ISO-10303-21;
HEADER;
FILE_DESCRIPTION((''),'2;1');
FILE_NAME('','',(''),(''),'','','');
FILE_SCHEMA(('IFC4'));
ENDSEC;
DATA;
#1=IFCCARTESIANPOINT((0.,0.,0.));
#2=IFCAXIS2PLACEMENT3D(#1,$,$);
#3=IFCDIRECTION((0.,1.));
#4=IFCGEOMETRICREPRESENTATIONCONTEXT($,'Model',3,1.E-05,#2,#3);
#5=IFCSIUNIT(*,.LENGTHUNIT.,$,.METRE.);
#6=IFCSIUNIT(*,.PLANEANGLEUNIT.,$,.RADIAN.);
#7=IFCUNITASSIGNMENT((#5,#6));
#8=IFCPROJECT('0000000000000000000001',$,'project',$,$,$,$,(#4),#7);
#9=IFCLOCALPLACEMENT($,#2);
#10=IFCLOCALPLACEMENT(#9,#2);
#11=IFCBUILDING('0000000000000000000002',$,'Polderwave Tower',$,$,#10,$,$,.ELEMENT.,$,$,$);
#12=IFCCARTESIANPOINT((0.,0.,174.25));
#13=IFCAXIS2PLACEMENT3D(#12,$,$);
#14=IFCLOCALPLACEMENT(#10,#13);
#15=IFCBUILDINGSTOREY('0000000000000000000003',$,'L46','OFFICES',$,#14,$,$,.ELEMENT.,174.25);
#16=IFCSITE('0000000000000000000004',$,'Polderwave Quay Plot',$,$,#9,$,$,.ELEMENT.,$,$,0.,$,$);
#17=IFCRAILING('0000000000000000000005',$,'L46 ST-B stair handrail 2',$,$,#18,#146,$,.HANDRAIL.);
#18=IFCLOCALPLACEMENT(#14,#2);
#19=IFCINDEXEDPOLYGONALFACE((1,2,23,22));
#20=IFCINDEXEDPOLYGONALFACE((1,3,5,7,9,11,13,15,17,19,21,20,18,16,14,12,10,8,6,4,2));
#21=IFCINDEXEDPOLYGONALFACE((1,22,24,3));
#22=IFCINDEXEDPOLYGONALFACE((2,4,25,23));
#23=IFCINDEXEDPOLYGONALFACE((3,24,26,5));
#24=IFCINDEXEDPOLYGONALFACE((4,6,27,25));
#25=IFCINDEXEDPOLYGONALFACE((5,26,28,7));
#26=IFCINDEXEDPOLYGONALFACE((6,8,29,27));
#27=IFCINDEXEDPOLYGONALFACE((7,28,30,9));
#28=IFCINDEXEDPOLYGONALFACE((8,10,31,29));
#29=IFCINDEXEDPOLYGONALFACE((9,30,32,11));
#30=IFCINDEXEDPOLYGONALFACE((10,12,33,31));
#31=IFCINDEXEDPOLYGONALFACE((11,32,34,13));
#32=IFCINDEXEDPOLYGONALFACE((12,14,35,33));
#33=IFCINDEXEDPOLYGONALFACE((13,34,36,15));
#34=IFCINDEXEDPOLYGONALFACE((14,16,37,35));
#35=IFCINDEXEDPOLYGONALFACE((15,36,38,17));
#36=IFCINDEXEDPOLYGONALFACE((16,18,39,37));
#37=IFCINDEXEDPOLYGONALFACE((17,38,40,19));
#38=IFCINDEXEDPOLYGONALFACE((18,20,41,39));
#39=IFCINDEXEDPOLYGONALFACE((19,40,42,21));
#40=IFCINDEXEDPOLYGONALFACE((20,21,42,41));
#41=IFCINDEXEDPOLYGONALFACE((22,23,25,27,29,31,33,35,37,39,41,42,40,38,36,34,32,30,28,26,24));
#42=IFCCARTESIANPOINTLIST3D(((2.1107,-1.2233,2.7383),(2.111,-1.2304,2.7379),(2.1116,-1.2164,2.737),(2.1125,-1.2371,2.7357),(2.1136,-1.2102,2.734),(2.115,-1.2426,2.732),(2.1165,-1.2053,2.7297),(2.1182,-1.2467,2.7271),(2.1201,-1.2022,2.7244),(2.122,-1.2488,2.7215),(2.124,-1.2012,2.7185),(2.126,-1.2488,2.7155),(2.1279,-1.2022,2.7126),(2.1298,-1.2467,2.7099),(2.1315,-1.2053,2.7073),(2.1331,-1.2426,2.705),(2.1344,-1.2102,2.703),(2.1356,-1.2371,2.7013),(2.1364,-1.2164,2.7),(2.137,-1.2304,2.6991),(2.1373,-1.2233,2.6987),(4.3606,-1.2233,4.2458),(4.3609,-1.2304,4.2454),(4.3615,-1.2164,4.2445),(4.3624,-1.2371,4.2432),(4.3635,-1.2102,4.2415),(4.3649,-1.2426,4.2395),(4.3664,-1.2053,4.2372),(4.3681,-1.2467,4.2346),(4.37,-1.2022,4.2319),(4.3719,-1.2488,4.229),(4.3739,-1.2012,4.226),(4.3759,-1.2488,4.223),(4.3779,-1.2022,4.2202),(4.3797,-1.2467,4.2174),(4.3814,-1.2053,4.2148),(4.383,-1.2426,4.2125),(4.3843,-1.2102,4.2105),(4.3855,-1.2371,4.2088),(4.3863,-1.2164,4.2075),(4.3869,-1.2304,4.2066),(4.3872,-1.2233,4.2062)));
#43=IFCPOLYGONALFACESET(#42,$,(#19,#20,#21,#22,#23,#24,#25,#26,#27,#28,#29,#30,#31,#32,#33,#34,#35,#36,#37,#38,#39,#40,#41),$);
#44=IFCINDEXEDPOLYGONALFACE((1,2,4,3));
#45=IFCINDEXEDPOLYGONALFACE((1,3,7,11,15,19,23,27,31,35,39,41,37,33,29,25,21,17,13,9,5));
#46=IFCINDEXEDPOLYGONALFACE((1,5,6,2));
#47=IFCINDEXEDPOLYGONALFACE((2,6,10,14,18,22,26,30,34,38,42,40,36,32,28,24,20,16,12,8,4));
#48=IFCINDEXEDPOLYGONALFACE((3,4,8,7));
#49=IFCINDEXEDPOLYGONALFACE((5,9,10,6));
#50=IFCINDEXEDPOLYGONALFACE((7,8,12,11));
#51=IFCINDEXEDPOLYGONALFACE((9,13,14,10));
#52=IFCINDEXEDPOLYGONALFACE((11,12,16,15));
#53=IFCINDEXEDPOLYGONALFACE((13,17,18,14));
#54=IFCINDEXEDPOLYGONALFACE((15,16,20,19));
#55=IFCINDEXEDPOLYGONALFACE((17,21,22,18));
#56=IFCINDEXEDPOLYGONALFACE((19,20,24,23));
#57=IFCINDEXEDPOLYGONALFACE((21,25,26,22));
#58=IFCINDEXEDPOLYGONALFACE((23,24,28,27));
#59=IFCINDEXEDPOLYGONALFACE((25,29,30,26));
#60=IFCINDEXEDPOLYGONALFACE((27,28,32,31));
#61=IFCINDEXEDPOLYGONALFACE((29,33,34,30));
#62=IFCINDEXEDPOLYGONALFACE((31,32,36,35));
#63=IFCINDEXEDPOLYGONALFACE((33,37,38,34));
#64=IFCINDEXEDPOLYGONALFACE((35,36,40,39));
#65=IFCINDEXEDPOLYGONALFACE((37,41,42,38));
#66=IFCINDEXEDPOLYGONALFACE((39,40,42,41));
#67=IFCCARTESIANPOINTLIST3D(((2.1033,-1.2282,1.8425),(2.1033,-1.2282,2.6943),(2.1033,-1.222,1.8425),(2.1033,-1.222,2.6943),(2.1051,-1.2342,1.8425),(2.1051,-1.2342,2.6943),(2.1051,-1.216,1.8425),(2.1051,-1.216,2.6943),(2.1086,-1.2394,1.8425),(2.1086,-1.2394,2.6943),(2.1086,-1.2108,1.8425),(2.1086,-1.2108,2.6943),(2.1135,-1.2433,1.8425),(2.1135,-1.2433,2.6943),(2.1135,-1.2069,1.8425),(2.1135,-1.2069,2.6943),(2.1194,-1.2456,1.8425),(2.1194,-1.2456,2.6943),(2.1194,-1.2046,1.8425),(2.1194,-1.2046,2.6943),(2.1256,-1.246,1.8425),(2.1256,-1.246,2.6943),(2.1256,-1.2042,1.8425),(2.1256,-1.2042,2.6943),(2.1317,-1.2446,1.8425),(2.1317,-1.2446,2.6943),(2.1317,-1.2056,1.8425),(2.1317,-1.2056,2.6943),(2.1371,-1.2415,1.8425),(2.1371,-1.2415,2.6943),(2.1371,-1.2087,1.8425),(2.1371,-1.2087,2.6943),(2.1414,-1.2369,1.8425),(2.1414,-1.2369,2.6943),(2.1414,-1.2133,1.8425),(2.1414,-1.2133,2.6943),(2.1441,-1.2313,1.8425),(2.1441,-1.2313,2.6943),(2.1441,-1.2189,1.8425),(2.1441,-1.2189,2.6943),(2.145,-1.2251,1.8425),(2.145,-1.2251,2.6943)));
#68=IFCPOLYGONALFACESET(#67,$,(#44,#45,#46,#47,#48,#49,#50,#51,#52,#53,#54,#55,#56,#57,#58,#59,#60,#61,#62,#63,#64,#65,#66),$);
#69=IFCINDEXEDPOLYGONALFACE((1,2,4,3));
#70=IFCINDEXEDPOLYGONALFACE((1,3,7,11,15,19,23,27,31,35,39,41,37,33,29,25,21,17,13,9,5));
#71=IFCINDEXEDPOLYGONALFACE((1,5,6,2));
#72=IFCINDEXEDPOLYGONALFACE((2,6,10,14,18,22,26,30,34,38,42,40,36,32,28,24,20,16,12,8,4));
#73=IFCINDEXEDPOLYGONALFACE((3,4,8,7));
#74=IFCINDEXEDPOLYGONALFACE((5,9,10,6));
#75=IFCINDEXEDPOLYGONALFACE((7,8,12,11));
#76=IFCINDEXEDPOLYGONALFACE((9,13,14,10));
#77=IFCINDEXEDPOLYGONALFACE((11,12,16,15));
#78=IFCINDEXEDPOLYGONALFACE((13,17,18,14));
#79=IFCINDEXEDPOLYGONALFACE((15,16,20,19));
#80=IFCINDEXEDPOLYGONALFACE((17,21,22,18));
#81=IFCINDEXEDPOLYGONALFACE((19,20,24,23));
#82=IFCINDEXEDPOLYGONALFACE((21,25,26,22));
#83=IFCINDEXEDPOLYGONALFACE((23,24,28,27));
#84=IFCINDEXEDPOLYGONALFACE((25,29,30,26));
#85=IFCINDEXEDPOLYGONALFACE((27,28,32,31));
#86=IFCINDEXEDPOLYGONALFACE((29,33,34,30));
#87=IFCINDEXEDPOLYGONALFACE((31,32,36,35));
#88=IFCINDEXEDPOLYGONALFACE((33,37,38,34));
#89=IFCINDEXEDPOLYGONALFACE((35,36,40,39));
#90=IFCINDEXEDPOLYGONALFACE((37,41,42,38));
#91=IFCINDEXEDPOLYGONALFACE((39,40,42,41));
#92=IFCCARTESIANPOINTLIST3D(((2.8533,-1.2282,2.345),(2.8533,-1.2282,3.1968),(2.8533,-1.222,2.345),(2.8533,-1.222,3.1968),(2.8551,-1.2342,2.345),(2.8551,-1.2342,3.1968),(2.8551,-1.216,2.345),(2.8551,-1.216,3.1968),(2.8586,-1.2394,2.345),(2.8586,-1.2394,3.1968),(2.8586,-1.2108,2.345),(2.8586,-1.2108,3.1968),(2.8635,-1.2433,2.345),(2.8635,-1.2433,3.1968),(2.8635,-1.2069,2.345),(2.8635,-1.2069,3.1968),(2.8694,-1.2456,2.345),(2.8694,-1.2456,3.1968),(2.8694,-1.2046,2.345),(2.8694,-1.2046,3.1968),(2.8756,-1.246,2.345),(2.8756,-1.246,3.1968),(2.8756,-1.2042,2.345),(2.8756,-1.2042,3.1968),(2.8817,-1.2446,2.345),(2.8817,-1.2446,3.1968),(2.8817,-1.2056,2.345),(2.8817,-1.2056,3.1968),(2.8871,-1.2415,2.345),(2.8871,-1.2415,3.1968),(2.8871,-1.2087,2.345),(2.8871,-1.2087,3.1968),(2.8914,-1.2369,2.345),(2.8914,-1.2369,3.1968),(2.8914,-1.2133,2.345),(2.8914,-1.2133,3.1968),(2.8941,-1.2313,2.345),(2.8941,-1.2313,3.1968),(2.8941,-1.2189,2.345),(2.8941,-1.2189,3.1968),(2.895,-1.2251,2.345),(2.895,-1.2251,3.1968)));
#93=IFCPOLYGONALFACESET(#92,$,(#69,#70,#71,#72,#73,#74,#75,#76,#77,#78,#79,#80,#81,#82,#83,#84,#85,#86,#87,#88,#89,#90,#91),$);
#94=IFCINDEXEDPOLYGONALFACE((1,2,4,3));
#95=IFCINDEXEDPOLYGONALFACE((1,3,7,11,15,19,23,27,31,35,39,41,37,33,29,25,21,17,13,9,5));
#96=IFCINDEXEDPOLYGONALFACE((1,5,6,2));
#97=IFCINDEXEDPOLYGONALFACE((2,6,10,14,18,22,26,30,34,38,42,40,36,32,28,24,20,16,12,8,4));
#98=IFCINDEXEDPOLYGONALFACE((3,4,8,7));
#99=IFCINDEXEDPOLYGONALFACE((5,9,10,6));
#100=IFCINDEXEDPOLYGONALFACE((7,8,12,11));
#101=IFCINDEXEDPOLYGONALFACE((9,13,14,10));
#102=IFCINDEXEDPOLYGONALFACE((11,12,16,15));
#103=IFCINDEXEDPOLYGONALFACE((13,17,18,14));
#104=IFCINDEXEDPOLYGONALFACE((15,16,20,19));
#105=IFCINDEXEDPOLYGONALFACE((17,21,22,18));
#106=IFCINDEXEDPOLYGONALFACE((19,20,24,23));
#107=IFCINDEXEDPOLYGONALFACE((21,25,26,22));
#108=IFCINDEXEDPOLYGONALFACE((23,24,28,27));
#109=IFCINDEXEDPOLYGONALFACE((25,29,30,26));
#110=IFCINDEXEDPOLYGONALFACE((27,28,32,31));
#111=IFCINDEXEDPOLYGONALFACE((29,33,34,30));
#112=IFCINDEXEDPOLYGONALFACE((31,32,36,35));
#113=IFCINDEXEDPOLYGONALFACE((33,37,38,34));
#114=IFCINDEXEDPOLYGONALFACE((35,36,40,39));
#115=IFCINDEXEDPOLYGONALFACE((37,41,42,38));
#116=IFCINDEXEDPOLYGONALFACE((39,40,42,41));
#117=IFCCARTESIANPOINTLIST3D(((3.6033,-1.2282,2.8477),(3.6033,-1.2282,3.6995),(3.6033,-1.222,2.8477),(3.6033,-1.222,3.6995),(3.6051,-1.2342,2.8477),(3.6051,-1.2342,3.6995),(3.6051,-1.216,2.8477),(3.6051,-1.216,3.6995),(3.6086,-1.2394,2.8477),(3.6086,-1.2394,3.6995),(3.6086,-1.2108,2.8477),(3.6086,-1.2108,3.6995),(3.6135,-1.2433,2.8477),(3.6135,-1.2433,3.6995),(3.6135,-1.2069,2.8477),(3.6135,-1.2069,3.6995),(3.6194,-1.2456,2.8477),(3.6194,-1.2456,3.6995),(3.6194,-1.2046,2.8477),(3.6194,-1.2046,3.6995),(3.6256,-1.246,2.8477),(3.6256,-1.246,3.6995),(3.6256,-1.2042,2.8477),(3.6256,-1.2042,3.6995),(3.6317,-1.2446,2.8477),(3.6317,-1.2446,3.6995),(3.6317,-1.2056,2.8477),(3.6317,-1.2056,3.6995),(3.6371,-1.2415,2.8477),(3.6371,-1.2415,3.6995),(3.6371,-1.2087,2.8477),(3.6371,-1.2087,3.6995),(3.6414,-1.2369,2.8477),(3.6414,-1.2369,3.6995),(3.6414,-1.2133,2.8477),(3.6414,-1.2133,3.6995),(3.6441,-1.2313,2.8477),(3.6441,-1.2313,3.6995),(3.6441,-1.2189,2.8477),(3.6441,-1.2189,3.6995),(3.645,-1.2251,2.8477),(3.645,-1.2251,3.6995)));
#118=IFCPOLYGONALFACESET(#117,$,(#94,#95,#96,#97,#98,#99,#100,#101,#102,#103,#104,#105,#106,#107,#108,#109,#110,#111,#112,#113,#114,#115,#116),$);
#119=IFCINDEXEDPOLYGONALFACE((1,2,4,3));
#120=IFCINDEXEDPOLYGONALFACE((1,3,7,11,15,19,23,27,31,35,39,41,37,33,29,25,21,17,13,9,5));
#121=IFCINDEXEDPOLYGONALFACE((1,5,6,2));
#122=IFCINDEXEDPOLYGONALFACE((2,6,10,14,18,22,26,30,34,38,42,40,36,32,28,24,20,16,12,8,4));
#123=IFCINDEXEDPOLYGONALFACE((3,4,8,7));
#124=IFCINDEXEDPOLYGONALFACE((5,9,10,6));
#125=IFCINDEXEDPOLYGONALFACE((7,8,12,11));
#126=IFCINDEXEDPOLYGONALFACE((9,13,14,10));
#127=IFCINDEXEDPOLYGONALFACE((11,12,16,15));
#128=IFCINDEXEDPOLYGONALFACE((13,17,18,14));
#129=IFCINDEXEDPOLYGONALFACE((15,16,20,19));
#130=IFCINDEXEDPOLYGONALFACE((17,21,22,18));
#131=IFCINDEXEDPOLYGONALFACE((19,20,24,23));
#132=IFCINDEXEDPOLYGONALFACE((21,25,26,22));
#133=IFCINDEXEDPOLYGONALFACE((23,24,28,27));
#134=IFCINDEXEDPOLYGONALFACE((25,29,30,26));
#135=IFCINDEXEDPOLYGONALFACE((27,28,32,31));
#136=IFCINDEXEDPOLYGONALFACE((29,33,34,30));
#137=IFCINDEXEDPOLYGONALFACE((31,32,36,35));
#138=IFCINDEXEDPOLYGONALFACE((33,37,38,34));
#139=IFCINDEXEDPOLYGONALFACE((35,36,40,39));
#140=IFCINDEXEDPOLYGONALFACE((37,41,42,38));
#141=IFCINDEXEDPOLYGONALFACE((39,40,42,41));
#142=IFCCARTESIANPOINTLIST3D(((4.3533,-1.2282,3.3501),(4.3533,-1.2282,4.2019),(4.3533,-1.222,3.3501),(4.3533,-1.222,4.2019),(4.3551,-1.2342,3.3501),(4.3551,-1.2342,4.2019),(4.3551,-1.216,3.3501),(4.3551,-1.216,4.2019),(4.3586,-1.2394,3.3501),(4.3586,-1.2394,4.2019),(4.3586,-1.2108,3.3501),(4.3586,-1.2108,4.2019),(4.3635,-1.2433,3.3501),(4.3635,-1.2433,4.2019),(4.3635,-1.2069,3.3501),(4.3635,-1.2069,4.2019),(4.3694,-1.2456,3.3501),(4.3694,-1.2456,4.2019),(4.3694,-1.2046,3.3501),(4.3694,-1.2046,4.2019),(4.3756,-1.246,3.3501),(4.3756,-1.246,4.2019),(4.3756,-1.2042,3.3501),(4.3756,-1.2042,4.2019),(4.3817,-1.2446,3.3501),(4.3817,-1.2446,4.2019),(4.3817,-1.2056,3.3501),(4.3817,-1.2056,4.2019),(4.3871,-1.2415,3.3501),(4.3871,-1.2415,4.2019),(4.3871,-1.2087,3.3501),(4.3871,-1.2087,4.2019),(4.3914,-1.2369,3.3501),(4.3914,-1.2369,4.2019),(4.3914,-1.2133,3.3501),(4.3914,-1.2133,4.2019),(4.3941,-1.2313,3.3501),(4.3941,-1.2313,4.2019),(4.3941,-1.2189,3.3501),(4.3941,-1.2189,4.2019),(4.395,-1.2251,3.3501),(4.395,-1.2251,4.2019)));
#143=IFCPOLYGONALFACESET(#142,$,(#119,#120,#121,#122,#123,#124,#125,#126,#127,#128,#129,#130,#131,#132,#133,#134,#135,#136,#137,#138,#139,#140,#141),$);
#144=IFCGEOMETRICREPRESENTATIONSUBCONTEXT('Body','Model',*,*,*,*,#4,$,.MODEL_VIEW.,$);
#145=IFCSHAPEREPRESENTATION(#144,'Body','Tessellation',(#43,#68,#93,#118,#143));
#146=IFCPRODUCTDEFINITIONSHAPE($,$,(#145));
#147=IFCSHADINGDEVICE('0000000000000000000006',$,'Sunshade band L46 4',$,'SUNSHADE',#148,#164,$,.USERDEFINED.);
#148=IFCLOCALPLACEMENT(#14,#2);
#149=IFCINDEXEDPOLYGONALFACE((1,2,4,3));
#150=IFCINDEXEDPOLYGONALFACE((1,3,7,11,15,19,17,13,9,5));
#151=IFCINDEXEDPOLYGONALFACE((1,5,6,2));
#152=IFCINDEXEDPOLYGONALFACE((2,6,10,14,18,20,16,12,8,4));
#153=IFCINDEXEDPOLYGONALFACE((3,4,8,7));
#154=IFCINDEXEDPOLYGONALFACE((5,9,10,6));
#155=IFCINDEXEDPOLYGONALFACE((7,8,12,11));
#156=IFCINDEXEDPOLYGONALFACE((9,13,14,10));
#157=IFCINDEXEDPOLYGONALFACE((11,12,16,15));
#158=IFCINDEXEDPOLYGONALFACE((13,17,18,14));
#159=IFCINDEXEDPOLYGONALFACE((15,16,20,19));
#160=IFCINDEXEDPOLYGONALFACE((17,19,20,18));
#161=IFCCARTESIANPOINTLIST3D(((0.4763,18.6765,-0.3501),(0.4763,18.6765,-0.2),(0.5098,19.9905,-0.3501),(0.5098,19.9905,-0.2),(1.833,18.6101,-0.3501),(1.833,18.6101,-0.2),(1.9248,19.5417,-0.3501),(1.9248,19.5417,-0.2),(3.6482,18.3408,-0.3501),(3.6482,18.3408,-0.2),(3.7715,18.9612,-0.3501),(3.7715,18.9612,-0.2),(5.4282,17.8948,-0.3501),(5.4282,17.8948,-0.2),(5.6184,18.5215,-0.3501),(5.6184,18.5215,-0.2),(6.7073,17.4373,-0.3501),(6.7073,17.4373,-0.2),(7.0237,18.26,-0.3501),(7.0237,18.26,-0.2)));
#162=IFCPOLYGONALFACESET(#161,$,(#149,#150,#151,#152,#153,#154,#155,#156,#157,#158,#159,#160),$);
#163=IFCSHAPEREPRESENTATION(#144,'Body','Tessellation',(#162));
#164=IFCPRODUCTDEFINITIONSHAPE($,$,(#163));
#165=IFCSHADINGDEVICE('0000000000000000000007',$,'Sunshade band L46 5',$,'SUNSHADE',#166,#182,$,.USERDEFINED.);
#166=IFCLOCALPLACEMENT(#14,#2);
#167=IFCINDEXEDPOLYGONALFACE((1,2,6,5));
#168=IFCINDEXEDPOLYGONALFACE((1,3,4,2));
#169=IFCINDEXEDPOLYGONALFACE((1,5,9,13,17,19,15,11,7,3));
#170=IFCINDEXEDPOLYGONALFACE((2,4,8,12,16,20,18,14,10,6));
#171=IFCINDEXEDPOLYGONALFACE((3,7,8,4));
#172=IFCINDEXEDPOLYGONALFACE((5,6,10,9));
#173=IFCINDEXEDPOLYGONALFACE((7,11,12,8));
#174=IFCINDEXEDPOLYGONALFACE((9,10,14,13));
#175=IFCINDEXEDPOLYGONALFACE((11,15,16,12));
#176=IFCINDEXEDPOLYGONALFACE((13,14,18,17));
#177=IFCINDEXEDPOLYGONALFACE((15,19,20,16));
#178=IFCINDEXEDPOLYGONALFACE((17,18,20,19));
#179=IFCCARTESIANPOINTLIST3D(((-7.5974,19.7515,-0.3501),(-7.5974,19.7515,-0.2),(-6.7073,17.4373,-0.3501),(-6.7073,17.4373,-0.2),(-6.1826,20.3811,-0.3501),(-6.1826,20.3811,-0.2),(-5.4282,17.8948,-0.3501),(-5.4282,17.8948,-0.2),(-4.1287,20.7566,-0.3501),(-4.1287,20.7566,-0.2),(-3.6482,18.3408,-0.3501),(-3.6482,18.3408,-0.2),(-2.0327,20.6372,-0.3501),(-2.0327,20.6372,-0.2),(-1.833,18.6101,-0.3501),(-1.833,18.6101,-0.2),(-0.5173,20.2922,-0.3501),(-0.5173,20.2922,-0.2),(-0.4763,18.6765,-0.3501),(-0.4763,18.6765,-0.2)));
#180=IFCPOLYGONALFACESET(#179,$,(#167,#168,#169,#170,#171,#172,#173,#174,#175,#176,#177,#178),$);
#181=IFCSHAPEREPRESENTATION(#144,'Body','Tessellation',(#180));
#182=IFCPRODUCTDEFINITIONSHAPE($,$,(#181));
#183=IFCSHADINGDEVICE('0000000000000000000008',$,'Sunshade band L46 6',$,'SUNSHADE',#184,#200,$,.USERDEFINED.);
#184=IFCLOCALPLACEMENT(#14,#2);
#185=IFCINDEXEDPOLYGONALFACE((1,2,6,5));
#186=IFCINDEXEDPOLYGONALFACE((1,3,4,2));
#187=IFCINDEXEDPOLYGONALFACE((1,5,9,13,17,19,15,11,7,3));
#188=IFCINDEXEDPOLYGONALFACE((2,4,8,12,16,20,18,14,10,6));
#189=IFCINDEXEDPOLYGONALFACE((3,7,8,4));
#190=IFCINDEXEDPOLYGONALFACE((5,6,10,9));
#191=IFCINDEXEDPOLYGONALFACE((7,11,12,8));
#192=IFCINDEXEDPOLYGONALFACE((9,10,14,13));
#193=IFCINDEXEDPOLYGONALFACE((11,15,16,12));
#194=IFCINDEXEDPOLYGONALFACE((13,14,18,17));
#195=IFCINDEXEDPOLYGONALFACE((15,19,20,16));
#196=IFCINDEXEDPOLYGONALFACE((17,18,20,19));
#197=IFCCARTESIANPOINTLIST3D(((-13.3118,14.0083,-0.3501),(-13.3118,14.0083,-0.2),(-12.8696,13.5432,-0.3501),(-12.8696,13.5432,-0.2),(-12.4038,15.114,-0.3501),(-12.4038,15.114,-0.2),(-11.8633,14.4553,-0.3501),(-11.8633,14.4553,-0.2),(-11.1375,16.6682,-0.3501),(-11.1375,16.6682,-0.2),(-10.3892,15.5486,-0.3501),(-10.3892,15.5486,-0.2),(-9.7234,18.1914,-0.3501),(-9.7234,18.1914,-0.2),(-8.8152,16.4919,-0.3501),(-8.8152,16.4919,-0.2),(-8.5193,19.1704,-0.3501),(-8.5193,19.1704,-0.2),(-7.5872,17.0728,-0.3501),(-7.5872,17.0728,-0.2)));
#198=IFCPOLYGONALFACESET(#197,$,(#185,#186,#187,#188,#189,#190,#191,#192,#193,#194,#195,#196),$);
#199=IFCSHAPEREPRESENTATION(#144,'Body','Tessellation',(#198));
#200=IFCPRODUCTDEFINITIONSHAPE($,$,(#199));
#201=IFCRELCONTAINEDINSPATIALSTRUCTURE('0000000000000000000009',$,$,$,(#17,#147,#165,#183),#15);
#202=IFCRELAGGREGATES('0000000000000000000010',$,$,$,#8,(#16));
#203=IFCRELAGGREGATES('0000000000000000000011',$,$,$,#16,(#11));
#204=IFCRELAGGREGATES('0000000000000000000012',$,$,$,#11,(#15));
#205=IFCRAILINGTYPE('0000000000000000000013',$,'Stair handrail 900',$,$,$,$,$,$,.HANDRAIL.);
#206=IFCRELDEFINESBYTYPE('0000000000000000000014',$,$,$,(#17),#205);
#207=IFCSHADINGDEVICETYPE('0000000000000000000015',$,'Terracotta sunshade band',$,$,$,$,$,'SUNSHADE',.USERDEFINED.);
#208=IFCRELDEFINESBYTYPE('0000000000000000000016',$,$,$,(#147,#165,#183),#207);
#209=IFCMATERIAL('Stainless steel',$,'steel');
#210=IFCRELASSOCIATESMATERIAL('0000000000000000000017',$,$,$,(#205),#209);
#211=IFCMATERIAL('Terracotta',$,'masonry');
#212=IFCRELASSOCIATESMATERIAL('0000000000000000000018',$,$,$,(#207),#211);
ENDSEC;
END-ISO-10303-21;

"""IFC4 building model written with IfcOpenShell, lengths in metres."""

from ifc_helpers import new_model, si_unit, direction, frame, origin, origin_2d, place, context, subcontext, project, spatial, polyline, circle, outline, extrude, material, type_object, element, save


model = new_model("IFC4")

# Units and contexts
model_context = context("Model", 3, precision=1e-05, world=origin(), true_north=direction((0.0, 1.0)))
body_context = subcontext(model_context, "Body", "Model", "MODEL_VIEW")
ifc_project = project(units=[si_unit("LENGTHUNIT", "METRE"), si_unit("PLANEANGLEUNIT", "RADIAN")], contexts=[model_context])

# Site, building, storey
site_placement = place(None, origin())
site = spatial("IfcSite", under=ifc_project, at=site_placement, Name="Polderwave Quay Plot", CompositionType="ELEMENT", RefElevation=0.0)
building_placement = place(site_placement, origin())
building = spatial("IfcBuilding", under=site, at=building_placement, Name="Polderwave Tower", CompositionType="ELEMENT")
storey_placement = place(building_placement, frame((0.0, 0.0, 174.25)))
storey = spatial("IfcBuildingStorey", under=building, at=storey_placement, Name="L46", Description="OFFICES", CompositionType="ELEMENT", Elevation=174.25)

# Railing
ifc_material_1 = material(Name="Stainless steel", Category="steel")
railing_type_1 = type_object("IfcRailingType", Name="Stair handrail 900", PredefinedType="HANDRAIL", material=ifc_material_1)
railing_1_placement = place(storey_placement, frame((2.124, -1.2251, 1.8425)))
element("IfcRailing", 1, at=railing_1_placement, inside=storey, type_object=railing_type_1, Name="L46 ST-B stair handrail 2", PredefinedType="HANDRAIL", context=body_context, shape_type="SweptSolid", body=[
    extrude(circle(Radius=0.0239, at=origin_2d()), frame((0.0, 0.0, 0.876), z_axis=(0.830758, 0.0, 0.556633), x_axis=(0.0, 1.0, 0.0)), (0.0, 0.0, 1.0), 2.7083),
    extrude(circle(Radius=0.021, at=origin_2d()), origin(), (0.0, 0.0, 1.0), 0.8518),
    extrude(circle(Radius=0.021, at=origin_2d()), frame((0.75, 0.0, 0.5024)), (0.0, 0.0, 1.0), 0.8518),
    extrude(circle(Radius=0.021, at=origin_2d()), frame((1.5, 0.0, 1.0051)), (0.0, 0.0, 1.0), 0.8518),
    extrude(circle(Radius=0.021, at=origin_2d()), frame((2.25, 0.0, 1.5076)), (0.0, 0.0, 1.0), 0.8518),
])

# Shading devices
ifc_material_2 = material(Name="Terracotta", Category="masonry")
shading_device_type = type_object("IfcShadingDeviceType", Name="Terracotta sunshade band", ElementType="SUNSHADE", PredefinedType="USERDEFINED", material=ifc_material_2)
shading_device_1_placement = place(storey_placement, frame((0.0, 0.0, -0.3501)))
element("IfcShadingDevice", 2, at=shading_device_1_placement, inside=storey, type_object=shading_device_type, Name="Sunshade band L46 4", ObjectType="SUNSHADE", PredefinedType="USERDEFINED", context=body_context, shape_type="SweptSolid", body=[
    extrude(outline(polyline([(6.7073, 17.4373), (5.4282, 17.8948), (3.6482, 18.3408), (1.833, 18.6101), (0.4763, 18.6765), (0.5098, 19.9905), (1.9248, 19.5417), (3.7715, 18.9612), (5.6184, 18.5215), (7.0237, 18.26), (6.7073, 17.4373)])), origin(), (0.0, 0.0, 1.0), 0.1501),
])
shading_device_2_placement = place(storey_placement, frame((0.0, 0.0, -0.3501)))
element("IfcShadingDevice", 3, at=shading_device_2_placement, inside=storey, type_object=shading_device_type, Name="Sunshade band L46 5", ObjectType="SUNSHADE", PredefinedType="USERDEFINED", context=body_context, shape_type="SweptSolid", body=[
    extrude(outline(polyline([(-0.4763, 18.6765), (-1.833, 18.6101), (-3.6482, 18.3408), (-5.4282, 17.8948), (-6.7073, 17.4373), (-7.5974, 19.7515), (-6.1826, 20.3811), (-4.1287, 20.7566), (-2.0327, 20.6372), (-0.5173, 20.2922), (-0.4763, 18.6765)])), origin(), (0.0, 0.0, 1.0), 0.1501),
])
shading_device_3_placement = place(storey_placement, frame((0.0, 0.0, -0.3501)))
element("IfcShadingDevice", 4, at=shading_device_3_placement, inside=storey, type_object=shading_device_type, Name="Sunshade band L46 6", ObjectType="SUNSHADE", PredefinedType="USERDEFINED", context=body_context, shape_type="SweptSolid", body=[
    extrude(outline(polyline([(-7.5872, 17.0728), (-8.8152, 16.4919), (-10.3892, 15.5486), (-11.8633, 14.4553), (-12.8696, 13.5432), (-13.3118, 14.0083), (-12.4038, 15.114), (-11.1375, 16.6682), (-9.7234, 18.1914), (-8.5193, 19.1704), (-7.5872, 17.0728)])), origin(), (0.0, 0.0, 1.0), 0.1501),
])

save(model, "model.ifc")
